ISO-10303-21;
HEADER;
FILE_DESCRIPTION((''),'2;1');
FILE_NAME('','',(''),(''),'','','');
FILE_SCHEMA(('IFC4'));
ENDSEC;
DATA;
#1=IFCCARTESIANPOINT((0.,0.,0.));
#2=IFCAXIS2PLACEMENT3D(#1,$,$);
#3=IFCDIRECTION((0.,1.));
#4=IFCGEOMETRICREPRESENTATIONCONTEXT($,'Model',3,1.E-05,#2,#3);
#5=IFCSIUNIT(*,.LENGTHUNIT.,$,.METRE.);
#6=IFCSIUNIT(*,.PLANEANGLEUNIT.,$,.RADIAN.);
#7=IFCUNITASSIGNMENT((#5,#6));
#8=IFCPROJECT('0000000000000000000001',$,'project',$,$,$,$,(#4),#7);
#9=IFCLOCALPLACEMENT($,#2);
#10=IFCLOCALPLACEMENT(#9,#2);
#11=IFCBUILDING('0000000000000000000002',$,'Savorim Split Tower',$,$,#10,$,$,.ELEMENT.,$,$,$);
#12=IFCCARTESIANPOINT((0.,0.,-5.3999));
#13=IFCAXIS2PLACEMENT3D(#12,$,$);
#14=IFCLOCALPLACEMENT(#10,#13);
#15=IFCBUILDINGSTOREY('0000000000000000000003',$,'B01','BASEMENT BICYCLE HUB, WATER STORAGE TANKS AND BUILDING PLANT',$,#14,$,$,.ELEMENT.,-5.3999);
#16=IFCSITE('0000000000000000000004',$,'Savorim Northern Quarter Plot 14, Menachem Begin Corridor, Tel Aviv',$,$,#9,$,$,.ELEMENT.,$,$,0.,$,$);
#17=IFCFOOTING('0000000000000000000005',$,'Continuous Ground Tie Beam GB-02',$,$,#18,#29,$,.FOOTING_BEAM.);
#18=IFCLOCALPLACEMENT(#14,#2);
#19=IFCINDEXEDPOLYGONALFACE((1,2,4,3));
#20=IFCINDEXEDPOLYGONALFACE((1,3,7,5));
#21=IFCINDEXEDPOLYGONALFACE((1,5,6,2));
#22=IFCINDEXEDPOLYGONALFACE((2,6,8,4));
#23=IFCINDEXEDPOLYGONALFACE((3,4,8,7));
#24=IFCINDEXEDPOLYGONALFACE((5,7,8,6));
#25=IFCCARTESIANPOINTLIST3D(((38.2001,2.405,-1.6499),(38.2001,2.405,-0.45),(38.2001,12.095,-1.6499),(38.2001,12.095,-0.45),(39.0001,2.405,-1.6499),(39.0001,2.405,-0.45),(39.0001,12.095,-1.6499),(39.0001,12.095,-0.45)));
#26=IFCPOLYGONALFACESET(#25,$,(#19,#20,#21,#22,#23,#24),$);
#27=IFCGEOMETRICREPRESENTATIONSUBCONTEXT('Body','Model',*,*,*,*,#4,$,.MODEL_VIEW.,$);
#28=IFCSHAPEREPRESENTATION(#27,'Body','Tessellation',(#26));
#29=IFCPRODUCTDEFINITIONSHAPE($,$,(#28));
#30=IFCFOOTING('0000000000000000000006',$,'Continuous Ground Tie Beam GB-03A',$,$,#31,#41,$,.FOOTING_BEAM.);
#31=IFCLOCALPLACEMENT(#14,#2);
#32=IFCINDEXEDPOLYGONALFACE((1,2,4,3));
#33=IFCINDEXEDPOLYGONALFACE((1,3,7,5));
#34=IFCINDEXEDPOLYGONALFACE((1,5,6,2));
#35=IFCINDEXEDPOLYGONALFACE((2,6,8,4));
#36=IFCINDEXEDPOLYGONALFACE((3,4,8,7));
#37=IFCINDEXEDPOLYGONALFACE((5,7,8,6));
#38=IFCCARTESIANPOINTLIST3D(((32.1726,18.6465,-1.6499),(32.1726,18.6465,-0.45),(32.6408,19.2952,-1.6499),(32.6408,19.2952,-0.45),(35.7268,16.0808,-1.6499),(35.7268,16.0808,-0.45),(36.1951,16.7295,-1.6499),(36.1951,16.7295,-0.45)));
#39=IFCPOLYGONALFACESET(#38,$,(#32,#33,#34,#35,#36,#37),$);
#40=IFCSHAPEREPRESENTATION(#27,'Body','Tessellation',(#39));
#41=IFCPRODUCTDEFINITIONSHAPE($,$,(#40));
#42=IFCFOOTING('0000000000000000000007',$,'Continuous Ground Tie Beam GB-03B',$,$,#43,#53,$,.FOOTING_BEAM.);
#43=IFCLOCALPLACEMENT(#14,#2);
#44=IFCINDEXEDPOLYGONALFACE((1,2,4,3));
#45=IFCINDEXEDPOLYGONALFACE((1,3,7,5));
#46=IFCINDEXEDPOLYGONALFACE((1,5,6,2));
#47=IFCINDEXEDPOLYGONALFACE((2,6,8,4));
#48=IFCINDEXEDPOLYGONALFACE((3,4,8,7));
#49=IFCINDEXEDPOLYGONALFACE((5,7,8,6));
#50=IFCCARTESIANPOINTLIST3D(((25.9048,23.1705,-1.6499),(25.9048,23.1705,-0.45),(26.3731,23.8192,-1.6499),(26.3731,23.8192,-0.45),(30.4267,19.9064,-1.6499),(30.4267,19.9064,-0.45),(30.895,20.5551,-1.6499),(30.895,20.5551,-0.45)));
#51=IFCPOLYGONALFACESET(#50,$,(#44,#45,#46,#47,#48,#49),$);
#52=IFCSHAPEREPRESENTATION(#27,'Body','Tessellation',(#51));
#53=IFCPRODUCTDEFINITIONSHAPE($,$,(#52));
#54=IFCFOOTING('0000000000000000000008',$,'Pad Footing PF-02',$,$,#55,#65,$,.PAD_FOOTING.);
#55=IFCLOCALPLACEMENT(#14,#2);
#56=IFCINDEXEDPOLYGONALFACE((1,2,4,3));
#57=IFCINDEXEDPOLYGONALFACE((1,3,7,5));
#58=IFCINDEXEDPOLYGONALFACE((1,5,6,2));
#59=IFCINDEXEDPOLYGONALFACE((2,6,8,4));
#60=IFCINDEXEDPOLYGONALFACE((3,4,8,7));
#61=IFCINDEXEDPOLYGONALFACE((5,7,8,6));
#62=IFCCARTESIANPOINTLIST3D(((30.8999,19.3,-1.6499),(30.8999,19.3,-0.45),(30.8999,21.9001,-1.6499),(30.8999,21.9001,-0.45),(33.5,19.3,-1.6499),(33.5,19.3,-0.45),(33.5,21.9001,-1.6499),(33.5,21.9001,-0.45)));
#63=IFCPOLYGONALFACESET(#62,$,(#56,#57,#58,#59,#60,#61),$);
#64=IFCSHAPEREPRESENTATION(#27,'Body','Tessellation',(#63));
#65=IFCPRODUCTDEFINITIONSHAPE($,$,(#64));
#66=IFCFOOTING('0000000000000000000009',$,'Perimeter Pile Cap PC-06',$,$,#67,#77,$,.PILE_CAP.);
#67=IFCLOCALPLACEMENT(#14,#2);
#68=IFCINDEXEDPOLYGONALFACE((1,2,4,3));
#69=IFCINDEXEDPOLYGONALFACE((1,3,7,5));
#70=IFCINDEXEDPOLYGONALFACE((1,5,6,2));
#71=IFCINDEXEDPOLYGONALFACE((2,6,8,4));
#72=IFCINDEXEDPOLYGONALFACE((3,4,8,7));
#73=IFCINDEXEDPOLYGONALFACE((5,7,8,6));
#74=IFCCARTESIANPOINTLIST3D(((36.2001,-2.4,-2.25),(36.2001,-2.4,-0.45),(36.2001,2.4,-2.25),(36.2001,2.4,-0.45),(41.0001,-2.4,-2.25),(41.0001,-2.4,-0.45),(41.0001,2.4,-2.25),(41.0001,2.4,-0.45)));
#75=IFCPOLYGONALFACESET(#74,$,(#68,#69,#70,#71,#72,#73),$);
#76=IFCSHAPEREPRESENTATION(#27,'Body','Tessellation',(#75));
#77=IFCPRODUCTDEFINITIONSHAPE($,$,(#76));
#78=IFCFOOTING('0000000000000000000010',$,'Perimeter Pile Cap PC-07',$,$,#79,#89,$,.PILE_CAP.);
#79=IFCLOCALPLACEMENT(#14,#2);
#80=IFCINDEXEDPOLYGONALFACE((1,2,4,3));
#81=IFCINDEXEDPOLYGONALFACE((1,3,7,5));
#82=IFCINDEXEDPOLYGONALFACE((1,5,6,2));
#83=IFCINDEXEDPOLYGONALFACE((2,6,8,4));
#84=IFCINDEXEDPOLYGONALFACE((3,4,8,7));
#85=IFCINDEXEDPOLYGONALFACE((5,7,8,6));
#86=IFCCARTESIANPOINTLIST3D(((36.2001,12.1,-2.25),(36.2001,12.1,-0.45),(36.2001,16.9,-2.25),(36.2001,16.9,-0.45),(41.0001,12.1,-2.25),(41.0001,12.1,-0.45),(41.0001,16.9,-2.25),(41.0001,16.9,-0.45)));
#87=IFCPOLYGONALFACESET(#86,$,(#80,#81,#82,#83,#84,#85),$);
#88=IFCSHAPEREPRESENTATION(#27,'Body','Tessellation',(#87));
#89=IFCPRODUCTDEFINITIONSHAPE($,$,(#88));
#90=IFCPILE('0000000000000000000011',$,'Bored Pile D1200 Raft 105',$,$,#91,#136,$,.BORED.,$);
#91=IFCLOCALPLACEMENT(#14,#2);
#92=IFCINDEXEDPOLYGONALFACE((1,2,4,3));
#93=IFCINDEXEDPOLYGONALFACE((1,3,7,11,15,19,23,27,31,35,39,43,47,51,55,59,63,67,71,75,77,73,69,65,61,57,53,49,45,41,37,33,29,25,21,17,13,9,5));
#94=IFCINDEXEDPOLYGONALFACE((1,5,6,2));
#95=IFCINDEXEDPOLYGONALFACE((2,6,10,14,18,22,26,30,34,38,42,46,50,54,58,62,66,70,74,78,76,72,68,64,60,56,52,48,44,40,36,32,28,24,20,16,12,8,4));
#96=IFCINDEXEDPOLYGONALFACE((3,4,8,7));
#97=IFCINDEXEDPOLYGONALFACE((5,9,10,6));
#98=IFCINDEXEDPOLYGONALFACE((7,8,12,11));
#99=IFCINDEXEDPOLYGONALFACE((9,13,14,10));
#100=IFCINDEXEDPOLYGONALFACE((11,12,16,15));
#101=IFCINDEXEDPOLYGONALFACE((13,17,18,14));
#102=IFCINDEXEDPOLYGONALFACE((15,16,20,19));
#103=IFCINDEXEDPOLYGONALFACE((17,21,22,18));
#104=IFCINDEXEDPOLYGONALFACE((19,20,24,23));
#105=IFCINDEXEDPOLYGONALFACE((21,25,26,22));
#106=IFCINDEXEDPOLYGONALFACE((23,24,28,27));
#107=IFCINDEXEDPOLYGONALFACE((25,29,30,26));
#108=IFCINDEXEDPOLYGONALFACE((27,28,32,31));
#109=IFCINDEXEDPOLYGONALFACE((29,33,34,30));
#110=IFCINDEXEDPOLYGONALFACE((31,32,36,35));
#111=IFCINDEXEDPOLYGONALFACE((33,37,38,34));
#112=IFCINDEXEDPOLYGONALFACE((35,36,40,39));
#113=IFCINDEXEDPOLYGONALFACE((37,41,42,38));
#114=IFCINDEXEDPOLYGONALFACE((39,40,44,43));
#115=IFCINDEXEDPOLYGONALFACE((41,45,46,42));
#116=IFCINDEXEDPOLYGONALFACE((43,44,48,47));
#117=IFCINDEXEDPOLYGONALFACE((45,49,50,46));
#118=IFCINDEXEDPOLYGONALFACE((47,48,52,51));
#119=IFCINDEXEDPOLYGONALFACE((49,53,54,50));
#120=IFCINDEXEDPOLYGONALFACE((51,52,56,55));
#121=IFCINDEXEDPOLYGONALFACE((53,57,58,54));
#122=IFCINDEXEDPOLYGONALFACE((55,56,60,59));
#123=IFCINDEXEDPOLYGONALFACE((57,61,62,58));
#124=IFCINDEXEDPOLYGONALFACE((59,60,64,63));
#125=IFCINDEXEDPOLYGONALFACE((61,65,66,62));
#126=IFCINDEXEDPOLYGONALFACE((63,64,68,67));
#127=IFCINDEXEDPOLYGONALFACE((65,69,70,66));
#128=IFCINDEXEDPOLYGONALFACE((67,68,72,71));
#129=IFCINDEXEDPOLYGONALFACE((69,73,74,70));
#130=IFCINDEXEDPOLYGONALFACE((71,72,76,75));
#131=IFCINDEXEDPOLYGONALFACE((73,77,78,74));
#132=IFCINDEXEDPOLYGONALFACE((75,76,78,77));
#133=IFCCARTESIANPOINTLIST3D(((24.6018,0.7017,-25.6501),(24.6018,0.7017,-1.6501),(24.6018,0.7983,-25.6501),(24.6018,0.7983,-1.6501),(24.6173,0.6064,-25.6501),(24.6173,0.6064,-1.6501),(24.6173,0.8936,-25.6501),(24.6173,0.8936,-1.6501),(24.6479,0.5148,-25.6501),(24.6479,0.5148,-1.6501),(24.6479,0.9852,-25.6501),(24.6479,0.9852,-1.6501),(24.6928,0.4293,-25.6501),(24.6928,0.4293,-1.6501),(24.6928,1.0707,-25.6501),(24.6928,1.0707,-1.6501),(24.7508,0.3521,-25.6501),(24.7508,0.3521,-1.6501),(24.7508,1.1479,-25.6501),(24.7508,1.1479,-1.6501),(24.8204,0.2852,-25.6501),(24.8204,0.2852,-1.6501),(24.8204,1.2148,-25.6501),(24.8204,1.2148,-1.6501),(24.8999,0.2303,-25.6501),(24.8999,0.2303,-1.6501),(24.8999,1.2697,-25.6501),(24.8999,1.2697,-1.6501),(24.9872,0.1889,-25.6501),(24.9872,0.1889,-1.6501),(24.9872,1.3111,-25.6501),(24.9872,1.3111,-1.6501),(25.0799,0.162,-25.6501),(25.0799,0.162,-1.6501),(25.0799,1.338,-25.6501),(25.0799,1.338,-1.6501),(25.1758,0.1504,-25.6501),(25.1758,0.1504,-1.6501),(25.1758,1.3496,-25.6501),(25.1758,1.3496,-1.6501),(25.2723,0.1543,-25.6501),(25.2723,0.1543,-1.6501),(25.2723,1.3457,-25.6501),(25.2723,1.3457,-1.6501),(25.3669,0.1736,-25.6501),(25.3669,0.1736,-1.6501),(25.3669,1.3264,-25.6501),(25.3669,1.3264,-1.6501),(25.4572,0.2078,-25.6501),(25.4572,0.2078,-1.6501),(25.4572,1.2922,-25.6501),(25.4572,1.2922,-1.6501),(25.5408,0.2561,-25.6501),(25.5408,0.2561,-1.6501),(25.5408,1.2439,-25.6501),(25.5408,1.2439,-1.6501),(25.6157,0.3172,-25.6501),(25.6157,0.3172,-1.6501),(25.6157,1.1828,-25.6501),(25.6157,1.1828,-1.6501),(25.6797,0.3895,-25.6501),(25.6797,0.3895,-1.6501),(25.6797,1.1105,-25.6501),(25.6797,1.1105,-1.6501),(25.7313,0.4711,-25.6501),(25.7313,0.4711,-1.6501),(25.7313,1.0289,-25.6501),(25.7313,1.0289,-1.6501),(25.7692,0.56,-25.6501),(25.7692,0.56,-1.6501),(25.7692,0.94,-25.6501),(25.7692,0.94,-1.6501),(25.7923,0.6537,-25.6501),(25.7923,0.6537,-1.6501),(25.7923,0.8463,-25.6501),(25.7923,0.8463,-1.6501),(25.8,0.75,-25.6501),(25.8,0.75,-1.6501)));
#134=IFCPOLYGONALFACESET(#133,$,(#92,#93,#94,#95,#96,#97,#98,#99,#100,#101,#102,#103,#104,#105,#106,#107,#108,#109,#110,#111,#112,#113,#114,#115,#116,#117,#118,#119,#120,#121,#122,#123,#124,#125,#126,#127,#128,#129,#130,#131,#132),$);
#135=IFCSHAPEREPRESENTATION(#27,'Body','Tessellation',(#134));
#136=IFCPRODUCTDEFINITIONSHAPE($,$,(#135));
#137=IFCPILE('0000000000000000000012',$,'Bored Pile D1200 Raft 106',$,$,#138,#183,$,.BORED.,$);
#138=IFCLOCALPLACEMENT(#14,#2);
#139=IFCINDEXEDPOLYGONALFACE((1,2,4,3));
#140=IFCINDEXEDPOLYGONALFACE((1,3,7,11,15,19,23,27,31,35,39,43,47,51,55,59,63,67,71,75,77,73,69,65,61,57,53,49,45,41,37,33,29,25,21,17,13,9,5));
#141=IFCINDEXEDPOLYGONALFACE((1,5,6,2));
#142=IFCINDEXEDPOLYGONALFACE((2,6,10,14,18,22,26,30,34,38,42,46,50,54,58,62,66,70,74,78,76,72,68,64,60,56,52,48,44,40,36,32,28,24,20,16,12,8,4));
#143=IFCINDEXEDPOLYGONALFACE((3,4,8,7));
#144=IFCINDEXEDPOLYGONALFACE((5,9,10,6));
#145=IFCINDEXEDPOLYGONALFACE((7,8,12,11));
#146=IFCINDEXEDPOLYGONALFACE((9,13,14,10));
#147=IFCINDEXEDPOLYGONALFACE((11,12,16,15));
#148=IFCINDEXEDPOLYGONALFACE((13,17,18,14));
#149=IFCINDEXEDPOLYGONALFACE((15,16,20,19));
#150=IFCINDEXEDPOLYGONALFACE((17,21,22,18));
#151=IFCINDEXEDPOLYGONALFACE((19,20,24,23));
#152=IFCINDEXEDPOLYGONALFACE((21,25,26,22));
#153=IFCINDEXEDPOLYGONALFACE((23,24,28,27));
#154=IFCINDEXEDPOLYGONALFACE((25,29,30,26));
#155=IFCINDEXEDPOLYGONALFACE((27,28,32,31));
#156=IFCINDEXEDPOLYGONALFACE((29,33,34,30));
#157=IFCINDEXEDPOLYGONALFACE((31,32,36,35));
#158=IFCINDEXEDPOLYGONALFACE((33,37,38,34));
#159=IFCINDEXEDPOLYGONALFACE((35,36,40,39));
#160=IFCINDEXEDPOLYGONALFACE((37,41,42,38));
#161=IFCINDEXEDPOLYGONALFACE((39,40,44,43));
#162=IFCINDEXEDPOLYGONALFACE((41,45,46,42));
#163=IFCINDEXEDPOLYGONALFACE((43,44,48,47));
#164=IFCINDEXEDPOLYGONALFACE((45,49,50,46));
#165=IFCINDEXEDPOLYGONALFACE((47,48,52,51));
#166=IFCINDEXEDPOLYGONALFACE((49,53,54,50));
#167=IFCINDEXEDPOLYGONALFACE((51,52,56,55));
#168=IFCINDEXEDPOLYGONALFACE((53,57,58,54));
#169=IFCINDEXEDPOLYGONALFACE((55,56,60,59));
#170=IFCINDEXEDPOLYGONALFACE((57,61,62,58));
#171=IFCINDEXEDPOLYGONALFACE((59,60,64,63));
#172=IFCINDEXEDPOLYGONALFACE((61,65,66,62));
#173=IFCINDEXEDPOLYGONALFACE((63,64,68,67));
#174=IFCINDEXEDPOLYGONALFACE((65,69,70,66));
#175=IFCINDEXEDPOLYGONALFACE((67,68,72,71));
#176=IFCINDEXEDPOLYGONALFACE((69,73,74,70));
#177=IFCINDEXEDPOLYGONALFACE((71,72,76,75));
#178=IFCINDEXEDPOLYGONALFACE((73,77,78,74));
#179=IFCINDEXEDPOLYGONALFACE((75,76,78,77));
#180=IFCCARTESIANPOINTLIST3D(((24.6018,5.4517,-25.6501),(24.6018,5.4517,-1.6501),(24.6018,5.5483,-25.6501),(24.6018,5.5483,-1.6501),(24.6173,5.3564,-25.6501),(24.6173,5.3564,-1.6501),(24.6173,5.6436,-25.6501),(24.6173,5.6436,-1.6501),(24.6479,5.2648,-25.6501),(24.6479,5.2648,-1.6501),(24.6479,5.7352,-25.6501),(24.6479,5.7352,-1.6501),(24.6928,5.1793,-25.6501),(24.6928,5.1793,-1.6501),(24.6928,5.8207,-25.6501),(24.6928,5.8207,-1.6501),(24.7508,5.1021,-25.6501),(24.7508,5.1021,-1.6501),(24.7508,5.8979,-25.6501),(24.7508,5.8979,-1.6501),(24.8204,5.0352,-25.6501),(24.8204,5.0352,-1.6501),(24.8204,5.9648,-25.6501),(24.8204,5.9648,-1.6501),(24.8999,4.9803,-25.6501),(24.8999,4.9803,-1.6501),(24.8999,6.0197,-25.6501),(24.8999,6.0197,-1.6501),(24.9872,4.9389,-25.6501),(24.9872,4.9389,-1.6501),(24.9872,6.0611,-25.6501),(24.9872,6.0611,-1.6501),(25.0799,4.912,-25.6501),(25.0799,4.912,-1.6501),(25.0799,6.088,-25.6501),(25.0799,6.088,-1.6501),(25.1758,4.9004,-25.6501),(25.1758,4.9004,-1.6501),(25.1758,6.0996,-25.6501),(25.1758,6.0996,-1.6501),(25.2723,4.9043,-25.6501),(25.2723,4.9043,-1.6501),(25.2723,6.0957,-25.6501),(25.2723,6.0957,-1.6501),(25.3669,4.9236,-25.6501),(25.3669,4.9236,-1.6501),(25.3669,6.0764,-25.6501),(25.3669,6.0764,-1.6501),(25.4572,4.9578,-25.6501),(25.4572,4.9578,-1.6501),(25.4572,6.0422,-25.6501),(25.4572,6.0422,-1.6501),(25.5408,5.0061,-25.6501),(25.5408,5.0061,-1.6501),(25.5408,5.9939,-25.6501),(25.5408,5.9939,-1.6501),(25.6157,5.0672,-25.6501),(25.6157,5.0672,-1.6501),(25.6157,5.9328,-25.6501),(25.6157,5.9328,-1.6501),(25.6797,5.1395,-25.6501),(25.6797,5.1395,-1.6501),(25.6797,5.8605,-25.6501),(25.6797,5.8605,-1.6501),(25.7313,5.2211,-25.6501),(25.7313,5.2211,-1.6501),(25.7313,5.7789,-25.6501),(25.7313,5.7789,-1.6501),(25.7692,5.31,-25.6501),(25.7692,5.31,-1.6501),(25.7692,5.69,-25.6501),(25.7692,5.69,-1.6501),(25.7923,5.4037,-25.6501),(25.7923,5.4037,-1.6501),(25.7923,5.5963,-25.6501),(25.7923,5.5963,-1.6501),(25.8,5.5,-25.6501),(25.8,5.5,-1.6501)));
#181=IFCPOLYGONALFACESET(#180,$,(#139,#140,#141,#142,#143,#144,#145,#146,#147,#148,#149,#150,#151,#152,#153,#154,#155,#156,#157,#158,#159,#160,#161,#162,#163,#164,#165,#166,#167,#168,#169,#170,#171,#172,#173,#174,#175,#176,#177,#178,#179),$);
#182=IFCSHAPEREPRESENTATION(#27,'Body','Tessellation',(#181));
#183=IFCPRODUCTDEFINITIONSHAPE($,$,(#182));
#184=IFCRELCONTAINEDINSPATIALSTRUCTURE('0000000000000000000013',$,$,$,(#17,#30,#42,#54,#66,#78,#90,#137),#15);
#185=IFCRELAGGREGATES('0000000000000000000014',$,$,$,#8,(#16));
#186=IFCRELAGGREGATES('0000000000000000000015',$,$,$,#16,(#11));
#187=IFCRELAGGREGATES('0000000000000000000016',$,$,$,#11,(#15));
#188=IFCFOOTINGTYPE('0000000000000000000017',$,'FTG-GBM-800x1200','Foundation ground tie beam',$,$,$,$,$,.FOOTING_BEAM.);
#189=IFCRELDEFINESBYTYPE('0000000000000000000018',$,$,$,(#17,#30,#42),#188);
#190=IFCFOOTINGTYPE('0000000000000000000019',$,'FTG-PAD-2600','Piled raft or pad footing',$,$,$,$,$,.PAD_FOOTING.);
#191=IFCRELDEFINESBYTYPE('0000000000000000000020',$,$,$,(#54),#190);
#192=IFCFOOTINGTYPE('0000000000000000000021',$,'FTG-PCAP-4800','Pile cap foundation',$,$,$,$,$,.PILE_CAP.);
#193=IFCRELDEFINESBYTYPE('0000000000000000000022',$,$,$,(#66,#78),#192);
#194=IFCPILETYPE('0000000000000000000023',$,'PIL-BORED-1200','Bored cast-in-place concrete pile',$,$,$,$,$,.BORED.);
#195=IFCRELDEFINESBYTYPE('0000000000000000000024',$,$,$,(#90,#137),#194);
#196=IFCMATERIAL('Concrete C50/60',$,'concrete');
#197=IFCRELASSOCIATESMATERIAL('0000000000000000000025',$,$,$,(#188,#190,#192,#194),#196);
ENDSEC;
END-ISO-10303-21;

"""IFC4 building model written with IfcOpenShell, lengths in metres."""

from ifc_helpers import new_model, si_unit, direction, frame, origin, origin_2d, place, context, subcontext, project, spatial, rectangle, circle, extrude, material, material_profile, profile_set, type_object, element, save


model = new_model("IFC4")

# Units and contexts
model_context = context("Model", 3, precision=1e-05, world=origin(), true_north=direction((0.0, 1.0)))
body_context = subcontext(model_context, "Body", "Model", "MODEL_VIEW")
ifc_project = project(units=[si_unit("LENGTHUNIT", "METRE"), si_unit("PLANEANGLEUNIT", "RADIAN")], contexts=[model_context])

# Site, building, storey
site_placement = place(None, origin())
site = spatial("IfcSite", under=ifc_project, at=site_placement, Name="Savorim Northern Quarter Plot 14, Menachem Begin Corridor, Tel Aviv", CompositionType="ELEMENT", RefElevation=0.0)
building_placement = place(site_placement, origin())
building = spatial("IfcBuilding", under=site, at=building_placement, Name="Savorim Split Tower", CompositionType="ELEMENT")
storey_placement = place(building_placement, frame((0.0, 0.0, -5.3999)))
storey = spatial("IfcBuildingStorey", under=building, at=storey_placement, Name="B01", Description="BASEMENT BICYCLE HUB, WATER STORAGE TANKS AND BUILDING PLANT", CompositionType="ELEMENT", Elevation=-5.3999)

# Footings
ifc_material_1 = material(Name="Concrete C50/60", Category="concrete")
footing_type_1 = type_object("IfcFootingType", Name="FTG-GBM-800x1200", Description="Foundation ground tie beam", PredefinedType="FOOTING_BEAM", material=ifc_material_1)
footing_1_placement = place(storey_placement, frame((38.6001, 7.25, -1.6499), z_axis=(0.0, 0.0, 1.0), x_axis=(0.0, 1.0, 0.0)))
element("IfcFooting", 1, at=footing_1_placement, inside=storey, type_object=footing_type_1, Name="Continuous Ground Tie Beam GB-02", PredefinedType="FOOTING_BEAM", context=body_context, shape_type="SweptSolid", body=[
    extrude(rectangle(XDim=9.6899, YDim=0.8, at=origin_2d()), origin(), (0.0, 0.0, 1.0), 1.2),
])
footing_2_placement = place(storey_placement, frame((34.1838, 17.688, -1.6499), z_axis=(0.0, 0.0, 1.0), x_axis=(-0.810821, 0.585295, 0.0)))
element("IfcFooting", 2, at=footing_2_placement, inside=storey, type_object=footing_type_1, Name="Continuous Ground Tie Beam GB-03A", PredefinedType="FOOTING_BEAM", context=body_context, shape_type="SweptSolid", body=[
    extrude(rectangle(XDim=4.3835, YDim=0.8, at=origin_2d()), origin(), (0.0, 0.0, 1.0), 1.2),
])
footing_3_placement = place(storey_placement, frame((28.3999, 21.8628, -1.6499), z_axis=(0.0, 0.0, 1.0), x_axis=(-0.810821, 0.585295, 0.0)))
element("IfcFooting", 3, at=footing_3_placement, inside=storey, type_object=footing_type_1, Name="Continuous Ground Tie Beam GB-03B", PredefinedType="FOOTING_BEAM", context=body_context, shape_type="SweptSolid", body=[
    extrude(rectangle(XDim=5.5769, YDim=0.8, at=origin_2d()), origin(), (0.0, 0.0, 1.0), 1.2),
])
footing_type_2 = type_object("IfcFootingType", Name="FTG-PAD-2600", Description="Piled raft or pad footing", PredefinedType="PAD_FOOTING", material=ifc_material_1)
footing_4_placement = place(storey_placement, frame((32.2, 20.6001, -1.6499), z_axis=(0.0, 0.0, 1.0), x_axis=(1.0, 0.0, 0.0)))
element("IfcFooting", 4, at=footing_4_placement, inside=storey, type_object=footing_type_2, Name="Pad Footing PF-02", PredefinedType="PAD_FOOTING", context=body_context, shape_type="SweptSolid", body=[
    extrude(rectangle(XDim=2.6001, YDim=2.6001, at=origin_2d()), origin(), (0.0, 0.0, 1.0), 1.2),
])
footing_type_3 = type_object("IfcFootingType", Name="FTG-PCAP-4800", Description="Pile cap foundation", PredefinedType="PILE_CAP", material=ifc_material_1)
for number, where, z_axis, x_axis, name in (
    (5, (38.6001, 0.0, -2.25), (0.0, 0.0, 1.0), (1.0, 0.0, 0.0), "Perimeter Pile Cap PC-06"),
    (6, (38.6001, 14.5, -2.25), (0.0, 0.0, 1.0), (1.0, 0.0, 0.0), "Perimeter Pile Cap PC-07"),
):
    element("IfcFooting", number, at=place(storey_placement, frame(where, z_axis=z_axis, x_axis=x_axis)), inside=storey, type_object=footing_type_3, Name=name, PredefinedType="PILE_CAP", context=body_context, shape_type="SweptSolid", body=[
        extrude(rectangle(XDim=4.8, YDim=4.8, at=origin_2d()), origin(), (0.0, 0.0, 1.0), 1.8),
    ])

# Piles
ifc_material_profile_1 = material_profile(ifc_material_1, circle(Radius=0.6001, at=origin_2d()), Name="PILE D1200")
ifc_profile_set_1 = profile_set([ifc_material_profile_1], Name="Concrete C50/60")
pile_type = type_object("IfcPileType", Name="PIL-BORED-1200", Description="Bored cast-in-place concrete pile", PredefinedType="BORED", material=ifc_profile_set_1)
for number, where, z_axis, x_axis, name in (
    (7, (25.2, 0.75, -1.6501), (0.0, 0.0, -1.0), (1.0, 0.0, 0.0), "Bored Pile D1200 Raft 105"),
    (8, (25.2, 5.5, -1.6501), (0.0, 0.0, -1.0), (1.0, 0.0, 0.0), "Bored Pile D1200 Raft 106"),
):
    element("IfcPile", number, at=place(storey_placement, frame(where, z_axis=z_axis, x_axis=x_axis)), inside=storey, type_object=pile_type, Name=name, PredefinedType="BORED", context=body_context, shape_type="SweptSolid", body=[
        extrude(circle(Radius=0.6001, at=origin_2d()), origin(), (0.0, 0.0, 1.0), 24.0),
    ])

save(model, "model.ifc")
